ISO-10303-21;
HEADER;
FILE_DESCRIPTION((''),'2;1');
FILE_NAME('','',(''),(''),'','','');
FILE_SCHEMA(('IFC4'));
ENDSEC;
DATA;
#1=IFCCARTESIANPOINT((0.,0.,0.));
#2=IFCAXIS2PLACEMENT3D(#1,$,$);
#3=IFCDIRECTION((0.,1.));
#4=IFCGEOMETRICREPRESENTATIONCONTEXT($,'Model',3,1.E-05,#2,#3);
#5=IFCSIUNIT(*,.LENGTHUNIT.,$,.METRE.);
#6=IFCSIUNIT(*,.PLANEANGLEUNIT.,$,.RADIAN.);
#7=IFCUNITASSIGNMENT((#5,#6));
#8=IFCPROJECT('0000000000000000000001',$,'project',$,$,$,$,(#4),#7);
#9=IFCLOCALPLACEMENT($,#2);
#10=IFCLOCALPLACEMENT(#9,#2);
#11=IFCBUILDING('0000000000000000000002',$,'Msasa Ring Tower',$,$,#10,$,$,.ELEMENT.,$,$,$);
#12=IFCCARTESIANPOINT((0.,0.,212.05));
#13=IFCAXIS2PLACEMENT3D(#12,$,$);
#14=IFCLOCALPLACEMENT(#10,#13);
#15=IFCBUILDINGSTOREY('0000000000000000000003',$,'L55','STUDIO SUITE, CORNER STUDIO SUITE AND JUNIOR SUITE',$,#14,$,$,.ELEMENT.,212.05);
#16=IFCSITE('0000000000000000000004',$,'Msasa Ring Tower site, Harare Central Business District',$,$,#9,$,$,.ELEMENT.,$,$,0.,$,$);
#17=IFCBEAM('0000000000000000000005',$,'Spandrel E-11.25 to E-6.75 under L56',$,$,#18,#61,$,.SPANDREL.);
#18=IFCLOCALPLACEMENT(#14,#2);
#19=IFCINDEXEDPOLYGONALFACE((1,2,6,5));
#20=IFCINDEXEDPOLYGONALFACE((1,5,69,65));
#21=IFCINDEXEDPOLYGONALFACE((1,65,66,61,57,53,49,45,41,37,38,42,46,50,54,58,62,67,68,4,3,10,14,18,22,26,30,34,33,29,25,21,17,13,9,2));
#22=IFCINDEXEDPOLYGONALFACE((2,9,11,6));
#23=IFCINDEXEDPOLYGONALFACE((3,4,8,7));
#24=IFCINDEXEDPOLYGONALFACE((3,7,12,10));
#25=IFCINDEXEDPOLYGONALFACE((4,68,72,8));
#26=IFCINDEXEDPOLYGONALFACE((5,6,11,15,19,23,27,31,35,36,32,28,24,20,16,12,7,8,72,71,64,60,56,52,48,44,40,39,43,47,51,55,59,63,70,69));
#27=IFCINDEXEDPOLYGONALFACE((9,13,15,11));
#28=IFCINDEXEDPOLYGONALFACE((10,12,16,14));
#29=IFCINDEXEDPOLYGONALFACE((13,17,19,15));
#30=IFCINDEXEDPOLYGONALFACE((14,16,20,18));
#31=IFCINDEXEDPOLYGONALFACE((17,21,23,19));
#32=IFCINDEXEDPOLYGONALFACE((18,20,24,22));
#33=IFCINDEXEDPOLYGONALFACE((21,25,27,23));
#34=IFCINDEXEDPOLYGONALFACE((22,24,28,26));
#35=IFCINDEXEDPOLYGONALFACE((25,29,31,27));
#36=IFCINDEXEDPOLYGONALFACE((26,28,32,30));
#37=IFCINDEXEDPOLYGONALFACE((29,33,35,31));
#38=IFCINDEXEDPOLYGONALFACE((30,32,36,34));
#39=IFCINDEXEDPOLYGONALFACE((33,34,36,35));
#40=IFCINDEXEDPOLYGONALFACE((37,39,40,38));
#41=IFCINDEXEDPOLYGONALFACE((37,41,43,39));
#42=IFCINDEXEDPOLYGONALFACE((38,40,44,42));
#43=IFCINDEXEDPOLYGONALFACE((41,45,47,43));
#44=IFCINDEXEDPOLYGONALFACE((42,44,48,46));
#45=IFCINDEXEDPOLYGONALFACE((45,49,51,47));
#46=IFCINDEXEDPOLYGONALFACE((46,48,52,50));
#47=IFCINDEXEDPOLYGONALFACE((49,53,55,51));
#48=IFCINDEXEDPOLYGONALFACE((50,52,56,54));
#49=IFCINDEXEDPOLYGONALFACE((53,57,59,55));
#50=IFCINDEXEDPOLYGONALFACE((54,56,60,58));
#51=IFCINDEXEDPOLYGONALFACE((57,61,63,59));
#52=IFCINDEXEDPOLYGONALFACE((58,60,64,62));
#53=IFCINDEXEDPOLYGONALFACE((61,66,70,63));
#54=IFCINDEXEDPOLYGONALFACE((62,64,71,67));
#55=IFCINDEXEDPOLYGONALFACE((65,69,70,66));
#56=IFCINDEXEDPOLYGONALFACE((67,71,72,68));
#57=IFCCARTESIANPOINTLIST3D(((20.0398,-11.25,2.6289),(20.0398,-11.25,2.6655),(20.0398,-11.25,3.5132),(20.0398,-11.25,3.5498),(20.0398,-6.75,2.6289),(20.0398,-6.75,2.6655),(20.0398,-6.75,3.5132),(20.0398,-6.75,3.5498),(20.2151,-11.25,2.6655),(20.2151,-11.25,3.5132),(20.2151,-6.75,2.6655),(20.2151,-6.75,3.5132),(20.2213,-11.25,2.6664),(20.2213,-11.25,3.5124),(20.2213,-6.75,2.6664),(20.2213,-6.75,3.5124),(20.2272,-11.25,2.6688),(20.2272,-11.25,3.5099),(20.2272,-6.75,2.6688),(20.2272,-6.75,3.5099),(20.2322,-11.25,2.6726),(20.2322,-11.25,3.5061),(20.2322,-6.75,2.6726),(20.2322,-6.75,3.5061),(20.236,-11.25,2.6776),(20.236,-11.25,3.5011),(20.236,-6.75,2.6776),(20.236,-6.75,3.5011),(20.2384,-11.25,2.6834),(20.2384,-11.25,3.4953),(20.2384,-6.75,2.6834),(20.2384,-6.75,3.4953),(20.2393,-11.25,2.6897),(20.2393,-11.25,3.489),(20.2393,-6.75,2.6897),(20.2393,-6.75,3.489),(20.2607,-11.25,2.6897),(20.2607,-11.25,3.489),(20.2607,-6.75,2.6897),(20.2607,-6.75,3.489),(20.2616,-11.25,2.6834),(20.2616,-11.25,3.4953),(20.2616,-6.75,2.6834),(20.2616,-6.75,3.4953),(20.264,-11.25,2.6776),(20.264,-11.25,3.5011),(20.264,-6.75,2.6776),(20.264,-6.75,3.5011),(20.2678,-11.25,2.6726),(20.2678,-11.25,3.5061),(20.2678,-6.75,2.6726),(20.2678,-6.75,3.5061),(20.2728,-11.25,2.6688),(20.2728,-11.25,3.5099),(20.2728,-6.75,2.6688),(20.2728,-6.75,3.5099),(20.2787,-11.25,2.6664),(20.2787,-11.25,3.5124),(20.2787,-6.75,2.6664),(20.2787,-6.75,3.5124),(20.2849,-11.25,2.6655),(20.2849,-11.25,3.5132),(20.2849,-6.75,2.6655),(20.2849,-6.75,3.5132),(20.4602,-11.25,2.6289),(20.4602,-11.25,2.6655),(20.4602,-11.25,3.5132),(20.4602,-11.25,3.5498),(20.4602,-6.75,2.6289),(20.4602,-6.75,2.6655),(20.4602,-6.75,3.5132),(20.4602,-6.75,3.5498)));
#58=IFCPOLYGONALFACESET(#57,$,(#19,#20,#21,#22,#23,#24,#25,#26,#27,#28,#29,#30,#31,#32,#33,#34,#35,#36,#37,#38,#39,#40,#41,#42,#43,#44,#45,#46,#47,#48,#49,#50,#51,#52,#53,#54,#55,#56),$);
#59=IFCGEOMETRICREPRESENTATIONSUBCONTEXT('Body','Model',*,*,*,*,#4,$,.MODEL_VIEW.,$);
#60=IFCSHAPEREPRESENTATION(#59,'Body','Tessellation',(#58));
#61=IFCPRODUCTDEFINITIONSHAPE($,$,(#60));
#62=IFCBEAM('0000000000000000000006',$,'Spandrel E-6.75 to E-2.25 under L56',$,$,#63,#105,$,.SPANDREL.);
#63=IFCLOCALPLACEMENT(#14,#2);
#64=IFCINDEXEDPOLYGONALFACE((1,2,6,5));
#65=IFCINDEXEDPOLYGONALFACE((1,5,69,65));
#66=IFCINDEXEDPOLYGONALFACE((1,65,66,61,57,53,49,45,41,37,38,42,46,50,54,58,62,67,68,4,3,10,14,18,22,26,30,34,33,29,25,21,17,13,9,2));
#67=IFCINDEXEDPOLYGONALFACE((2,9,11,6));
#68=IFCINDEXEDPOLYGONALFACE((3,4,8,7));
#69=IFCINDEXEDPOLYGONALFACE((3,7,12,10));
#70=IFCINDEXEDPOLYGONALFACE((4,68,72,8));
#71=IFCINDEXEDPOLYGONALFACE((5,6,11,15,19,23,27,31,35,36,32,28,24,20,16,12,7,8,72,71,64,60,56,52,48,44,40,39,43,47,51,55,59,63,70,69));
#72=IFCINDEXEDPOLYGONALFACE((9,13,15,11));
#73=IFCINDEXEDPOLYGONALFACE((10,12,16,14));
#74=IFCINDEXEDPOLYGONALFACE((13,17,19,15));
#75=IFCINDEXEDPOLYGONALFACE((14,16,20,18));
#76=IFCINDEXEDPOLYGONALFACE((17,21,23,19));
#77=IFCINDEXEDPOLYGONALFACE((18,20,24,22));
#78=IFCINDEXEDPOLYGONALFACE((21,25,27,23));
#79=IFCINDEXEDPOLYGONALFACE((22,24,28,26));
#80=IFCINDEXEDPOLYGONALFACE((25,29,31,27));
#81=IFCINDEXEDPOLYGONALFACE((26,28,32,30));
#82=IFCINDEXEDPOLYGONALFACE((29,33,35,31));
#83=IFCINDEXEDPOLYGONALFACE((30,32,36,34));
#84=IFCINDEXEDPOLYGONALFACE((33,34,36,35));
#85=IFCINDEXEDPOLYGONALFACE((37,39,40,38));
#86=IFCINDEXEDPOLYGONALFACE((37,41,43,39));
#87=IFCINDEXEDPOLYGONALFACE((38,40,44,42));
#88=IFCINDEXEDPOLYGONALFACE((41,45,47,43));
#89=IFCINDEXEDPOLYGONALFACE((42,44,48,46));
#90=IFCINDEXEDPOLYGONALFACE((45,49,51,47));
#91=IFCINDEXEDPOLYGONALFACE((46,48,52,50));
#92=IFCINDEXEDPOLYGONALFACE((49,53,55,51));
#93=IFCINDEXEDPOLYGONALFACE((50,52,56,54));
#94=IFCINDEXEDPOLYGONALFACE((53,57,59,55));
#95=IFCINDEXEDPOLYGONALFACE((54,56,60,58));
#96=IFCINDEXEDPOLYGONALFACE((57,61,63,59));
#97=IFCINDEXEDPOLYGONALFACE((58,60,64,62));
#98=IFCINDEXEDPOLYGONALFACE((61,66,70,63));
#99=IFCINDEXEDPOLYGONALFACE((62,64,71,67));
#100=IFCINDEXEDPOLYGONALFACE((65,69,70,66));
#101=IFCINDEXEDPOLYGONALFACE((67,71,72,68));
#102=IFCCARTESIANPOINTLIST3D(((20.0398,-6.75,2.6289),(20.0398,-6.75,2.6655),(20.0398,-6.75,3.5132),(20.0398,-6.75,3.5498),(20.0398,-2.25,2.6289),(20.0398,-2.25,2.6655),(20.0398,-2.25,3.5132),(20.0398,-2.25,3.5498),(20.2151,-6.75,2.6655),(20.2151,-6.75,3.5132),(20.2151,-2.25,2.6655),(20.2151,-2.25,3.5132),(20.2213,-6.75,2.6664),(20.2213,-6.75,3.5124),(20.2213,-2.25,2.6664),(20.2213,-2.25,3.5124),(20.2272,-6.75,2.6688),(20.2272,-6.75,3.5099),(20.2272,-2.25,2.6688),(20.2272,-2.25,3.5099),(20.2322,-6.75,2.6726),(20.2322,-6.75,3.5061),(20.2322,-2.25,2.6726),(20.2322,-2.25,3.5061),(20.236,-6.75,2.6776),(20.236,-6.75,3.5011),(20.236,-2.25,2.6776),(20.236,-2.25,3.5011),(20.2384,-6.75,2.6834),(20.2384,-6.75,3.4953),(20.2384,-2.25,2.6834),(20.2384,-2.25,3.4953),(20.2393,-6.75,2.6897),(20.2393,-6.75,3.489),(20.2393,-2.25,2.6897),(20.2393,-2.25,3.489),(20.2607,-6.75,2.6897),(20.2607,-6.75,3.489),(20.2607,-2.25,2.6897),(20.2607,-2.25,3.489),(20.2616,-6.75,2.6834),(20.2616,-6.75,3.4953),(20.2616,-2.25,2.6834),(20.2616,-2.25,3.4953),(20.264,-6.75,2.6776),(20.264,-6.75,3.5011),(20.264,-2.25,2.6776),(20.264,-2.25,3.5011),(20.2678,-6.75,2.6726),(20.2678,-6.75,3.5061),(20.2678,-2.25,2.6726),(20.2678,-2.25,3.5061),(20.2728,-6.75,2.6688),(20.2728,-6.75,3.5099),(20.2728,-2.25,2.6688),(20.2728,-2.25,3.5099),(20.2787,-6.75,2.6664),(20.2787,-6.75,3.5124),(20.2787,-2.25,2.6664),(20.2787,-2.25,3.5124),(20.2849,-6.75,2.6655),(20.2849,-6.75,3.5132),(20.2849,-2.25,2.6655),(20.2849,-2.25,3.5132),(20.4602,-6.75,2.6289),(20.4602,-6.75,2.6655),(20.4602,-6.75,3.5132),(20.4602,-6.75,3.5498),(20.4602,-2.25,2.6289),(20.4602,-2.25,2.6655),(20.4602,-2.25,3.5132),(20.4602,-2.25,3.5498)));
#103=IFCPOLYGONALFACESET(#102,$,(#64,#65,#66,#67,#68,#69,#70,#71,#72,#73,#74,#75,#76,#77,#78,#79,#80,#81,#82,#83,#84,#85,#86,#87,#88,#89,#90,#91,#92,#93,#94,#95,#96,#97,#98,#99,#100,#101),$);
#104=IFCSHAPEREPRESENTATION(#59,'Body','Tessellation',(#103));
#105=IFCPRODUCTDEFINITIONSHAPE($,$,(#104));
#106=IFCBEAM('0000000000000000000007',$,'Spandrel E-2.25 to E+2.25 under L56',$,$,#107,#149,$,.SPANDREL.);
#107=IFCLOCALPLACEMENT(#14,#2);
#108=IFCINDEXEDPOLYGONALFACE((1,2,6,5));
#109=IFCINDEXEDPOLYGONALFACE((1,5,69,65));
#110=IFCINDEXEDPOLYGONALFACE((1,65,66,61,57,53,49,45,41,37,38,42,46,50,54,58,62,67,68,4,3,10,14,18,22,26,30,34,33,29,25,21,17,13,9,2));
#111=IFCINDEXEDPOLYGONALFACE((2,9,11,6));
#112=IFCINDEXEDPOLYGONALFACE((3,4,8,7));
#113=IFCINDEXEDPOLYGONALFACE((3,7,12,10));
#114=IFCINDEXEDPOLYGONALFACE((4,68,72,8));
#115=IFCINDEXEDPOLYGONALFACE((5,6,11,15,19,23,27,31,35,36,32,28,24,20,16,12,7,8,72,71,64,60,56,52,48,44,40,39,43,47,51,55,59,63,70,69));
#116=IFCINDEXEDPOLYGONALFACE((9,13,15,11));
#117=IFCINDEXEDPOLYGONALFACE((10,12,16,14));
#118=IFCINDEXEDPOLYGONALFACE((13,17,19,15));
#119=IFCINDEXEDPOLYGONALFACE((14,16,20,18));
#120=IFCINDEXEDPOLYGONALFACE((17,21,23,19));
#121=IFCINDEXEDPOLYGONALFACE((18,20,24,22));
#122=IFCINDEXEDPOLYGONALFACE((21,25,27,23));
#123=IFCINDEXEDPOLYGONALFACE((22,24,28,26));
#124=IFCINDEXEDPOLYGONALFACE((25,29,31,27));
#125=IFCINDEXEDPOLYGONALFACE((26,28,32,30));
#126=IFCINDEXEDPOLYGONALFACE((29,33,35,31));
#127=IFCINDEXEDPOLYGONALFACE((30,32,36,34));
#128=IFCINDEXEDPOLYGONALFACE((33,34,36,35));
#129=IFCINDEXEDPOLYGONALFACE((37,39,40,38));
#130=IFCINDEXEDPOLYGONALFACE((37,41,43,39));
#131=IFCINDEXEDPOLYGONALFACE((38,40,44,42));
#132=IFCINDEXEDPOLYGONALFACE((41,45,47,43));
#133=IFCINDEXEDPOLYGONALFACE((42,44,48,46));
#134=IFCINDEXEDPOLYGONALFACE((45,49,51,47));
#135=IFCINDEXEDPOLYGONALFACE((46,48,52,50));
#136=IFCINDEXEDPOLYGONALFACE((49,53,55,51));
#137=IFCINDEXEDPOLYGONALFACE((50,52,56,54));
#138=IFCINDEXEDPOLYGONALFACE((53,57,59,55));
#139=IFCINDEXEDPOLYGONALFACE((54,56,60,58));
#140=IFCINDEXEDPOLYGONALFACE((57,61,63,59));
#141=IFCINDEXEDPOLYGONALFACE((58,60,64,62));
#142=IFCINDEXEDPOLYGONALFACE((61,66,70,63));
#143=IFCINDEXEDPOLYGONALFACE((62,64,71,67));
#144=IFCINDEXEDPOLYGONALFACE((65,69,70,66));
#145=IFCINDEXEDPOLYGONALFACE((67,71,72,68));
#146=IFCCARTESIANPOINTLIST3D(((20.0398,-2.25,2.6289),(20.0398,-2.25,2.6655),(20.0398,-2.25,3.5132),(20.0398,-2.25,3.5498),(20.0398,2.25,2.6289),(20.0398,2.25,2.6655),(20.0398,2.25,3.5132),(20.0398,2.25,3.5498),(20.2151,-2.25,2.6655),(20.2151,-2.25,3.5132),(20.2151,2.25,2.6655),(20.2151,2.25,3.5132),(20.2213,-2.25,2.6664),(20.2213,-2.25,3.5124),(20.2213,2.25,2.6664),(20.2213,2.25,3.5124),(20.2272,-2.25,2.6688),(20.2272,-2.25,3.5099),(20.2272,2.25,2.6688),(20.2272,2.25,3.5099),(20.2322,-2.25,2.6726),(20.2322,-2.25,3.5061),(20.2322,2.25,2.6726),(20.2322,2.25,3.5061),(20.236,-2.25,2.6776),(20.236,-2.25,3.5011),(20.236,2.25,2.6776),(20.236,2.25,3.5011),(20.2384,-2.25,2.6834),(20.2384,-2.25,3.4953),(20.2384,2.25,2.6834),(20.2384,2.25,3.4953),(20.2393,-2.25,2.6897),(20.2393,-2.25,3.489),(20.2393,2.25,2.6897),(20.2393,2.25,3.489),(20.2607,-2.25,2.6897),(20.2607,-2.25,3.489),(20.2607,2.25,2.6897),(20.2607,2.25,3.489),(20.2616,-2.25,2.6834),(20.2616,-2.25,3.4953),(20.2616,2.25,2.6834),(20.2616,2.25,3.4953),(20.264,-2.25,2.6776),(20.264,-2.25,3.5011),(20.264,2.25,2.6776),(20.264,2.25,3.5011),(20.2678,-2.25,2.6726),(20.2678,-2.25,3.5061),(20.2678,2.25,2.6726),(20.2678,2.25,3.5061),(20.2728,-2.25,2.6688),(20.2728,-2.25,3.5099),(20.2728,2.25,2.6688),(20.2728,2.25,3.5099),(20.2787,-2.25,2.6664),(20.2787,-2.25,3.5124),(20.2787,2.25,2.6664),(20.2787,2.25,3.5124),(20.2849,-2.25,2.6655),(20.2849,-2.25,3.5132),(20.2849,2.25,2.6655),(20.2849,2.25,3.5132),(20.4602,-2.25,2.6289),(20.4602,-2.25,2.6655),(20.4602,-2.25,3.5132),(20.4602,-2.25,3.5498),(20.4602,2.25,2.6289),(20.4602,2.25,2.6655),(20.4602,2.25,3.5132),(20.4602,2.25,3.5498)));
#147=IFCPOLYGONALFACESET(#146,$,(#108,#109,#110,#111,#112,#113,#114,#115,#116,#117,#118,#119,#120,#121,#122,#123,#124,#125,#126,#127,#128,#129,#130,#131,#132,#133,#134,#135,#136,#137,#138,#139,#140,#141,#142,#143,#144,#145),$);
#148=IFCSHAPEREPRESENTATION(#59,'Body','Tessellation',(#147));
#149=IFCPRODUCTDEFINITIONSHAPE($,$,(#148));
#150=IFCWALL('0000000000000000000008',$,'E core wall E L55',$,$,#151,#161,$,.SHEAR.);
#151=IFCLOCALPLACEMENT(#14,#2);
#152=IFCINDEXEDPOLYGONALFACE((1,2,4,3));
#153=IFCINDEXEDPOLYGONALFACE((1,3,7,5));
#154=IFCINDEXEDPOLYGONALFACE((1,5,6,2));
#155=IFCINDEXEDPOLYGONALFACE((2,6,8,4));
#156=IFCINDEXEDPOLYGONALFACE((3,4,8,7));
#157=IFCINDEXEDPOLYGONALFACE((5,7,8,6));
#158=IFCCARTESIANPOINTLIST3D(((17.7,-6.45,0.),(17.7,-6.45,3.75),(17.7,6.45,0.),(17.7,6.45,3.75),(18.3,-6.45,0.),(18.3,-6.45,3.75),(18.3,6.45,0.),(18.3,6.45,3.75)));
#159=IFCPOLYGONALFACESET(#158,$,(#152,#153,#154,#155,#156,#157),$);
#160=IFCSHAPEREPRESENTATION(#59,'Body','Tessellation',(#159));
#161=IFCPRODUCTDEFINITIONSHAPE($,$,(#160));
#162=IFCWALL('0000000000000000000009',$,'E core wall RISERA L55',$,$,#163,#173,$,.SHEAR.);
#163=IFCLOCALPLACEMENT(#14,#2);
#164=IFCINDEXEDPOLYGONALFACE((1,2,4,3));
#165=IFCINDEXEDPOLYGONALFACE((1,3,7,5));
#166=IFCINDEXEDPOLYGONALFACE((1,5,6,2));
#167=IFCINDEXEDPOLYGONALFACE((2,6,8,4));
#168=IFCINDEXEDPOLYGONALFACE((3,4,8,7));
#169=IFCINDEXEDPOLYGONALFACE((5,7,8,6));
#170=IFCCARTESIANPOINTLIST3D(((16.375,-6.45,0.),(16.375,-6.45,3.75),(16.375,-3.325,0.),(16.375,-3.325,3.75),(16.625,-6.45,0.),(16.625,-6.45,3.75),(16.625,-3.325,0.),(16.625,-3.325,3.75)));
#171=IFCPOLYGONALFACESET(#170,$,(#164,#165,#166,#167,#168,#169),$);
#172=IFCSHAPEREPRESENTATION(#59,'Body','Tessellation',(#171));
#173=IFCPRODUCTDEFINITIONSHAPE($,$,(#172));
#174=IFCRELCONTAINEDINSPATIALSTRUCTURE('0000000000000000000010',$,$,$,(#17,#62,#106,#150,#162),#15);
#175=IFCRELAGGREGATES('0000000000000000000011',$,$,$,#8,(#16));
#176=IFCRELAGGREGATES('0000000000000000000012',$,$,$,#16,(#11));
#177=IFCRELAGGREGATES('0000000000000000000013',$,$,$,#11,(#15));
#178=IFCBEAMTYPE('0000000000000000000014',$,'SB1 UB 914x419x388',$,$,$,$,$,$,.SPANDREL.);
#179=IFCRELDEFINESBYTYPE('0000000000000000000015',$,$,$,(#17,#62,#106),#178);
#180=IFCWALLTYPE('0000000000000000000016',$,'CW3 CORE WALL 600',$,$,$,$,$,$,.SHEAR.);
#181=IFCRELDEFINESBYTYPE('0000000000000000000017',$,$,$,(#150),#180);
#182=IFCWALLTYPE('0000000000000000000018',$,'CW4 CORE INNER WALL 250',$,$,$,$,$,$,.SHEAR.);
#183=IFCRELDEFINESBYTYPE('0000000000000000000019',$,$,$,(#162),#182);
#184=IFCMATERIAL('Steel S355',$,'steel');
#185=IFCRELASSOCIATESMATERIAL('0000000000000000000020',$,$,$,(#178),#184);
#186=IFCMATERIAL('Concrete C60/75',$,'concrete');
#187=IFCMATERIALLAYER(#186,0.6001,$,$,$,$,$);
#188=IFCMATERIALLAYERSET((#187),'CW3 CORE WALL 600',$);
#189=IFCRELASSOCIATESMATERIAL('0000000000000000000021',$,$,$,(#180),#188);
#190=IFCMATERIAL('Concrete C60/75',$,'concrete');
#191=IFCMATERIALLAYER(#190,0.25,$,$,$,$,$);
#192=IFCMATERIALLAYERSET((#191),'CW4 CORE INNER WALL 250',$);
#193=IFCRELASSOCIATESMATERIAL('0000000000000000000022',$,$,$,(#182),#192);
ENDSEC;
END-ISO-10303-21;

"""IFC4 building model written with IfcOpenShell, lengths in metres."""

from ifc_helpers import new_model, si_unit, direction, frame, frame_2d, origin, origin_2d, place, context, subcontext, project, spatial, rectangle, i_section, extrude, material, layer, layer_set, material_profile, profile_set, type_object, element, save


model = new_model("IFC4")

# Units and contexts
model_context = context("Model", 3, precision=1e-05, world=origin(), true_north=direction((0.0, 1.0)))
body_context = subcontext(model_context, "Body", "Model", "MODEL_VIEW")
ifc_project = project(units=[si_unit("LENGTHUNIT", "METRE"), si_unit("PLANEANGLEUNIT", "RADIAN")], contexts=[model_context])

# Site, building, storey
site_placement = place(None, origin())
site = spatial("IfcSite", under=ifc_project, at=site_placement, Name="Msasa Ring Tower site, Harare Central Business District", CompositionType="ELEMENT", RefElevation=0.0)
building_placement = place(site_placement, origin())
building = spatial("IfcBuilding", under=site, at=building_placement, Name="Msasa Ring Tower", CompositionType="ELEMENT")
storey_placement = place(building_placement, frame((0.0, 0.0, 212.05)))
storey = spatial("IfcBuildingStorey", under=building, at=storey_placement, Name="L55", Description="STUDIO SUITE, CORNER STUDIO SUITE AND JUNIOR SUITE", CompositionType="ELEMENT", Elevation=212.05)

# Beams
ifc_material_1 = material(Name="Steel S355", Category="steel")
ifc_material_profile_1 = material_profile(ifc_material_1, i_section(OverallWidth=0.4204, OverallDepth=0.9209, WebThickness=0.0215, FlangeThickness=0.0366, FilletRadius=0.0242, at=origin_2d()), Name="UB 914x419x388")
ifc_profile_set_1 = profile_set([ifc_material_profile_1], Name="Steel S355")
beam_type_1 = type_object("IfcBeamType", Name="SB1 UB 914x419x388", PredefinedType="SPANDREL", material=ifc_profile_set_1)
for number, where, z_axis, x_axis, name in (
    (1, (20.25, -11.25, 3.0894), (0.0, 1.0, 0.0), (-1.0, 0.0, 0.0), "Spandrel E-11.25 to E-6.75 under L56"),
    (2, (20.25, -6.75, 3.0894), (0.0, 1.0, 0.0), (-1.0, 0.0, 0.0), "Spandrel E-6.75 to E-2.25 under L56"),
    (3, (20.25, -2.25, 3.0894), (0.0, 1.0, 0.0), (-1.0, 0.0, 0.0), "Spandrel E-2.25 to E+2.25 under L56"),
):
    element("IfcBeam", number, at=place(storey_placement, frame(where, z_axis=z_axis, x_axis=x_axis)), inside=storey, type_object=beam_type_1, Name=name, PredefinedType="SPANDREL", context=body_context, shape_type="SweptSolid", body=[
        extrude(i_section(OverallWidth=0.4204, OverallDepth=0.9209, WebThickness=0.0215, FlangeThickness=0.0366, FilletRadius=0.0242, at=origin_2d()), origin(), (0.0, 0.0, 1.0), 4.5),
    ])

# Walls
ifc_material_2 = material(Name="Concrete C60/75", Category="concrete")
ifc_layer_1 = layer(ifc_material_2, 0.6001)
ifc_layer_set_1 = layer_set([ifc_layer_1], Name="CW3 CORE WALL 600")
wall_type_1 = type_object("IfcWallType", Name="CW3 CORE WALL 600", PredefinedType="SHEAR", material=ifc_layer_set_1)
wall_1_placement = place(storey_placement, frame((18.0, -6.45, 0.0), z_axis=(0.0, 0.0, 1.0), x_axis=(0.0, 1.0, 0.0)))
element("IfcWall", 4, at=wall_1_placement, inside=storey, type_object=wall_type_1, Name="E core wall E L55", PredefinedType="SHEAR", context=body_context, shape_type="SweptSolid", body=[
    extrude(rectangle(XDim=12.8999, YDim=0.6001, at=frame_2d((6.45, 0.0))), origin(), (0.0, 0.0, 1.0), 3.75),
])
ifc_material_3 = material(Name="Concrete C60/75", Category="concrete")
ifc_layer_2 = layer(ifc_material_3, 0.25)
ifc_layer_set_2 = layer_set([ifc_layer_2], Name="CW4 CORE INNER WALL 250")
wall_type_2 = type_object("IfcWallType", Name="CW4 CORE INNER WALL 250", PredefinedType="SHEAR", material=ifc_layer_set_2)
wall_2_placement = place(storey_placement, frame((16.5, -6.45, 0.0), z_axis=(0.0, 0.0, 1.0), x_axis=(0.0, 1.0, 0.0)))
element("IfcWall", 5, at=wall_2_placement, inside=storey, type_object=wall_type_2, Name="E core wall RISERA L55", PredefinedType="SHEAR", context=body_context, shape_type="SweptSolid", body=[
    extrude(rectangle(XDim=3.125, YDim=0.25, at=frame_2d((1.5625, 0.0))), origin(), (0.0, 0.0, 1.0), 3.75),
])

save(model, "model.ifc")
